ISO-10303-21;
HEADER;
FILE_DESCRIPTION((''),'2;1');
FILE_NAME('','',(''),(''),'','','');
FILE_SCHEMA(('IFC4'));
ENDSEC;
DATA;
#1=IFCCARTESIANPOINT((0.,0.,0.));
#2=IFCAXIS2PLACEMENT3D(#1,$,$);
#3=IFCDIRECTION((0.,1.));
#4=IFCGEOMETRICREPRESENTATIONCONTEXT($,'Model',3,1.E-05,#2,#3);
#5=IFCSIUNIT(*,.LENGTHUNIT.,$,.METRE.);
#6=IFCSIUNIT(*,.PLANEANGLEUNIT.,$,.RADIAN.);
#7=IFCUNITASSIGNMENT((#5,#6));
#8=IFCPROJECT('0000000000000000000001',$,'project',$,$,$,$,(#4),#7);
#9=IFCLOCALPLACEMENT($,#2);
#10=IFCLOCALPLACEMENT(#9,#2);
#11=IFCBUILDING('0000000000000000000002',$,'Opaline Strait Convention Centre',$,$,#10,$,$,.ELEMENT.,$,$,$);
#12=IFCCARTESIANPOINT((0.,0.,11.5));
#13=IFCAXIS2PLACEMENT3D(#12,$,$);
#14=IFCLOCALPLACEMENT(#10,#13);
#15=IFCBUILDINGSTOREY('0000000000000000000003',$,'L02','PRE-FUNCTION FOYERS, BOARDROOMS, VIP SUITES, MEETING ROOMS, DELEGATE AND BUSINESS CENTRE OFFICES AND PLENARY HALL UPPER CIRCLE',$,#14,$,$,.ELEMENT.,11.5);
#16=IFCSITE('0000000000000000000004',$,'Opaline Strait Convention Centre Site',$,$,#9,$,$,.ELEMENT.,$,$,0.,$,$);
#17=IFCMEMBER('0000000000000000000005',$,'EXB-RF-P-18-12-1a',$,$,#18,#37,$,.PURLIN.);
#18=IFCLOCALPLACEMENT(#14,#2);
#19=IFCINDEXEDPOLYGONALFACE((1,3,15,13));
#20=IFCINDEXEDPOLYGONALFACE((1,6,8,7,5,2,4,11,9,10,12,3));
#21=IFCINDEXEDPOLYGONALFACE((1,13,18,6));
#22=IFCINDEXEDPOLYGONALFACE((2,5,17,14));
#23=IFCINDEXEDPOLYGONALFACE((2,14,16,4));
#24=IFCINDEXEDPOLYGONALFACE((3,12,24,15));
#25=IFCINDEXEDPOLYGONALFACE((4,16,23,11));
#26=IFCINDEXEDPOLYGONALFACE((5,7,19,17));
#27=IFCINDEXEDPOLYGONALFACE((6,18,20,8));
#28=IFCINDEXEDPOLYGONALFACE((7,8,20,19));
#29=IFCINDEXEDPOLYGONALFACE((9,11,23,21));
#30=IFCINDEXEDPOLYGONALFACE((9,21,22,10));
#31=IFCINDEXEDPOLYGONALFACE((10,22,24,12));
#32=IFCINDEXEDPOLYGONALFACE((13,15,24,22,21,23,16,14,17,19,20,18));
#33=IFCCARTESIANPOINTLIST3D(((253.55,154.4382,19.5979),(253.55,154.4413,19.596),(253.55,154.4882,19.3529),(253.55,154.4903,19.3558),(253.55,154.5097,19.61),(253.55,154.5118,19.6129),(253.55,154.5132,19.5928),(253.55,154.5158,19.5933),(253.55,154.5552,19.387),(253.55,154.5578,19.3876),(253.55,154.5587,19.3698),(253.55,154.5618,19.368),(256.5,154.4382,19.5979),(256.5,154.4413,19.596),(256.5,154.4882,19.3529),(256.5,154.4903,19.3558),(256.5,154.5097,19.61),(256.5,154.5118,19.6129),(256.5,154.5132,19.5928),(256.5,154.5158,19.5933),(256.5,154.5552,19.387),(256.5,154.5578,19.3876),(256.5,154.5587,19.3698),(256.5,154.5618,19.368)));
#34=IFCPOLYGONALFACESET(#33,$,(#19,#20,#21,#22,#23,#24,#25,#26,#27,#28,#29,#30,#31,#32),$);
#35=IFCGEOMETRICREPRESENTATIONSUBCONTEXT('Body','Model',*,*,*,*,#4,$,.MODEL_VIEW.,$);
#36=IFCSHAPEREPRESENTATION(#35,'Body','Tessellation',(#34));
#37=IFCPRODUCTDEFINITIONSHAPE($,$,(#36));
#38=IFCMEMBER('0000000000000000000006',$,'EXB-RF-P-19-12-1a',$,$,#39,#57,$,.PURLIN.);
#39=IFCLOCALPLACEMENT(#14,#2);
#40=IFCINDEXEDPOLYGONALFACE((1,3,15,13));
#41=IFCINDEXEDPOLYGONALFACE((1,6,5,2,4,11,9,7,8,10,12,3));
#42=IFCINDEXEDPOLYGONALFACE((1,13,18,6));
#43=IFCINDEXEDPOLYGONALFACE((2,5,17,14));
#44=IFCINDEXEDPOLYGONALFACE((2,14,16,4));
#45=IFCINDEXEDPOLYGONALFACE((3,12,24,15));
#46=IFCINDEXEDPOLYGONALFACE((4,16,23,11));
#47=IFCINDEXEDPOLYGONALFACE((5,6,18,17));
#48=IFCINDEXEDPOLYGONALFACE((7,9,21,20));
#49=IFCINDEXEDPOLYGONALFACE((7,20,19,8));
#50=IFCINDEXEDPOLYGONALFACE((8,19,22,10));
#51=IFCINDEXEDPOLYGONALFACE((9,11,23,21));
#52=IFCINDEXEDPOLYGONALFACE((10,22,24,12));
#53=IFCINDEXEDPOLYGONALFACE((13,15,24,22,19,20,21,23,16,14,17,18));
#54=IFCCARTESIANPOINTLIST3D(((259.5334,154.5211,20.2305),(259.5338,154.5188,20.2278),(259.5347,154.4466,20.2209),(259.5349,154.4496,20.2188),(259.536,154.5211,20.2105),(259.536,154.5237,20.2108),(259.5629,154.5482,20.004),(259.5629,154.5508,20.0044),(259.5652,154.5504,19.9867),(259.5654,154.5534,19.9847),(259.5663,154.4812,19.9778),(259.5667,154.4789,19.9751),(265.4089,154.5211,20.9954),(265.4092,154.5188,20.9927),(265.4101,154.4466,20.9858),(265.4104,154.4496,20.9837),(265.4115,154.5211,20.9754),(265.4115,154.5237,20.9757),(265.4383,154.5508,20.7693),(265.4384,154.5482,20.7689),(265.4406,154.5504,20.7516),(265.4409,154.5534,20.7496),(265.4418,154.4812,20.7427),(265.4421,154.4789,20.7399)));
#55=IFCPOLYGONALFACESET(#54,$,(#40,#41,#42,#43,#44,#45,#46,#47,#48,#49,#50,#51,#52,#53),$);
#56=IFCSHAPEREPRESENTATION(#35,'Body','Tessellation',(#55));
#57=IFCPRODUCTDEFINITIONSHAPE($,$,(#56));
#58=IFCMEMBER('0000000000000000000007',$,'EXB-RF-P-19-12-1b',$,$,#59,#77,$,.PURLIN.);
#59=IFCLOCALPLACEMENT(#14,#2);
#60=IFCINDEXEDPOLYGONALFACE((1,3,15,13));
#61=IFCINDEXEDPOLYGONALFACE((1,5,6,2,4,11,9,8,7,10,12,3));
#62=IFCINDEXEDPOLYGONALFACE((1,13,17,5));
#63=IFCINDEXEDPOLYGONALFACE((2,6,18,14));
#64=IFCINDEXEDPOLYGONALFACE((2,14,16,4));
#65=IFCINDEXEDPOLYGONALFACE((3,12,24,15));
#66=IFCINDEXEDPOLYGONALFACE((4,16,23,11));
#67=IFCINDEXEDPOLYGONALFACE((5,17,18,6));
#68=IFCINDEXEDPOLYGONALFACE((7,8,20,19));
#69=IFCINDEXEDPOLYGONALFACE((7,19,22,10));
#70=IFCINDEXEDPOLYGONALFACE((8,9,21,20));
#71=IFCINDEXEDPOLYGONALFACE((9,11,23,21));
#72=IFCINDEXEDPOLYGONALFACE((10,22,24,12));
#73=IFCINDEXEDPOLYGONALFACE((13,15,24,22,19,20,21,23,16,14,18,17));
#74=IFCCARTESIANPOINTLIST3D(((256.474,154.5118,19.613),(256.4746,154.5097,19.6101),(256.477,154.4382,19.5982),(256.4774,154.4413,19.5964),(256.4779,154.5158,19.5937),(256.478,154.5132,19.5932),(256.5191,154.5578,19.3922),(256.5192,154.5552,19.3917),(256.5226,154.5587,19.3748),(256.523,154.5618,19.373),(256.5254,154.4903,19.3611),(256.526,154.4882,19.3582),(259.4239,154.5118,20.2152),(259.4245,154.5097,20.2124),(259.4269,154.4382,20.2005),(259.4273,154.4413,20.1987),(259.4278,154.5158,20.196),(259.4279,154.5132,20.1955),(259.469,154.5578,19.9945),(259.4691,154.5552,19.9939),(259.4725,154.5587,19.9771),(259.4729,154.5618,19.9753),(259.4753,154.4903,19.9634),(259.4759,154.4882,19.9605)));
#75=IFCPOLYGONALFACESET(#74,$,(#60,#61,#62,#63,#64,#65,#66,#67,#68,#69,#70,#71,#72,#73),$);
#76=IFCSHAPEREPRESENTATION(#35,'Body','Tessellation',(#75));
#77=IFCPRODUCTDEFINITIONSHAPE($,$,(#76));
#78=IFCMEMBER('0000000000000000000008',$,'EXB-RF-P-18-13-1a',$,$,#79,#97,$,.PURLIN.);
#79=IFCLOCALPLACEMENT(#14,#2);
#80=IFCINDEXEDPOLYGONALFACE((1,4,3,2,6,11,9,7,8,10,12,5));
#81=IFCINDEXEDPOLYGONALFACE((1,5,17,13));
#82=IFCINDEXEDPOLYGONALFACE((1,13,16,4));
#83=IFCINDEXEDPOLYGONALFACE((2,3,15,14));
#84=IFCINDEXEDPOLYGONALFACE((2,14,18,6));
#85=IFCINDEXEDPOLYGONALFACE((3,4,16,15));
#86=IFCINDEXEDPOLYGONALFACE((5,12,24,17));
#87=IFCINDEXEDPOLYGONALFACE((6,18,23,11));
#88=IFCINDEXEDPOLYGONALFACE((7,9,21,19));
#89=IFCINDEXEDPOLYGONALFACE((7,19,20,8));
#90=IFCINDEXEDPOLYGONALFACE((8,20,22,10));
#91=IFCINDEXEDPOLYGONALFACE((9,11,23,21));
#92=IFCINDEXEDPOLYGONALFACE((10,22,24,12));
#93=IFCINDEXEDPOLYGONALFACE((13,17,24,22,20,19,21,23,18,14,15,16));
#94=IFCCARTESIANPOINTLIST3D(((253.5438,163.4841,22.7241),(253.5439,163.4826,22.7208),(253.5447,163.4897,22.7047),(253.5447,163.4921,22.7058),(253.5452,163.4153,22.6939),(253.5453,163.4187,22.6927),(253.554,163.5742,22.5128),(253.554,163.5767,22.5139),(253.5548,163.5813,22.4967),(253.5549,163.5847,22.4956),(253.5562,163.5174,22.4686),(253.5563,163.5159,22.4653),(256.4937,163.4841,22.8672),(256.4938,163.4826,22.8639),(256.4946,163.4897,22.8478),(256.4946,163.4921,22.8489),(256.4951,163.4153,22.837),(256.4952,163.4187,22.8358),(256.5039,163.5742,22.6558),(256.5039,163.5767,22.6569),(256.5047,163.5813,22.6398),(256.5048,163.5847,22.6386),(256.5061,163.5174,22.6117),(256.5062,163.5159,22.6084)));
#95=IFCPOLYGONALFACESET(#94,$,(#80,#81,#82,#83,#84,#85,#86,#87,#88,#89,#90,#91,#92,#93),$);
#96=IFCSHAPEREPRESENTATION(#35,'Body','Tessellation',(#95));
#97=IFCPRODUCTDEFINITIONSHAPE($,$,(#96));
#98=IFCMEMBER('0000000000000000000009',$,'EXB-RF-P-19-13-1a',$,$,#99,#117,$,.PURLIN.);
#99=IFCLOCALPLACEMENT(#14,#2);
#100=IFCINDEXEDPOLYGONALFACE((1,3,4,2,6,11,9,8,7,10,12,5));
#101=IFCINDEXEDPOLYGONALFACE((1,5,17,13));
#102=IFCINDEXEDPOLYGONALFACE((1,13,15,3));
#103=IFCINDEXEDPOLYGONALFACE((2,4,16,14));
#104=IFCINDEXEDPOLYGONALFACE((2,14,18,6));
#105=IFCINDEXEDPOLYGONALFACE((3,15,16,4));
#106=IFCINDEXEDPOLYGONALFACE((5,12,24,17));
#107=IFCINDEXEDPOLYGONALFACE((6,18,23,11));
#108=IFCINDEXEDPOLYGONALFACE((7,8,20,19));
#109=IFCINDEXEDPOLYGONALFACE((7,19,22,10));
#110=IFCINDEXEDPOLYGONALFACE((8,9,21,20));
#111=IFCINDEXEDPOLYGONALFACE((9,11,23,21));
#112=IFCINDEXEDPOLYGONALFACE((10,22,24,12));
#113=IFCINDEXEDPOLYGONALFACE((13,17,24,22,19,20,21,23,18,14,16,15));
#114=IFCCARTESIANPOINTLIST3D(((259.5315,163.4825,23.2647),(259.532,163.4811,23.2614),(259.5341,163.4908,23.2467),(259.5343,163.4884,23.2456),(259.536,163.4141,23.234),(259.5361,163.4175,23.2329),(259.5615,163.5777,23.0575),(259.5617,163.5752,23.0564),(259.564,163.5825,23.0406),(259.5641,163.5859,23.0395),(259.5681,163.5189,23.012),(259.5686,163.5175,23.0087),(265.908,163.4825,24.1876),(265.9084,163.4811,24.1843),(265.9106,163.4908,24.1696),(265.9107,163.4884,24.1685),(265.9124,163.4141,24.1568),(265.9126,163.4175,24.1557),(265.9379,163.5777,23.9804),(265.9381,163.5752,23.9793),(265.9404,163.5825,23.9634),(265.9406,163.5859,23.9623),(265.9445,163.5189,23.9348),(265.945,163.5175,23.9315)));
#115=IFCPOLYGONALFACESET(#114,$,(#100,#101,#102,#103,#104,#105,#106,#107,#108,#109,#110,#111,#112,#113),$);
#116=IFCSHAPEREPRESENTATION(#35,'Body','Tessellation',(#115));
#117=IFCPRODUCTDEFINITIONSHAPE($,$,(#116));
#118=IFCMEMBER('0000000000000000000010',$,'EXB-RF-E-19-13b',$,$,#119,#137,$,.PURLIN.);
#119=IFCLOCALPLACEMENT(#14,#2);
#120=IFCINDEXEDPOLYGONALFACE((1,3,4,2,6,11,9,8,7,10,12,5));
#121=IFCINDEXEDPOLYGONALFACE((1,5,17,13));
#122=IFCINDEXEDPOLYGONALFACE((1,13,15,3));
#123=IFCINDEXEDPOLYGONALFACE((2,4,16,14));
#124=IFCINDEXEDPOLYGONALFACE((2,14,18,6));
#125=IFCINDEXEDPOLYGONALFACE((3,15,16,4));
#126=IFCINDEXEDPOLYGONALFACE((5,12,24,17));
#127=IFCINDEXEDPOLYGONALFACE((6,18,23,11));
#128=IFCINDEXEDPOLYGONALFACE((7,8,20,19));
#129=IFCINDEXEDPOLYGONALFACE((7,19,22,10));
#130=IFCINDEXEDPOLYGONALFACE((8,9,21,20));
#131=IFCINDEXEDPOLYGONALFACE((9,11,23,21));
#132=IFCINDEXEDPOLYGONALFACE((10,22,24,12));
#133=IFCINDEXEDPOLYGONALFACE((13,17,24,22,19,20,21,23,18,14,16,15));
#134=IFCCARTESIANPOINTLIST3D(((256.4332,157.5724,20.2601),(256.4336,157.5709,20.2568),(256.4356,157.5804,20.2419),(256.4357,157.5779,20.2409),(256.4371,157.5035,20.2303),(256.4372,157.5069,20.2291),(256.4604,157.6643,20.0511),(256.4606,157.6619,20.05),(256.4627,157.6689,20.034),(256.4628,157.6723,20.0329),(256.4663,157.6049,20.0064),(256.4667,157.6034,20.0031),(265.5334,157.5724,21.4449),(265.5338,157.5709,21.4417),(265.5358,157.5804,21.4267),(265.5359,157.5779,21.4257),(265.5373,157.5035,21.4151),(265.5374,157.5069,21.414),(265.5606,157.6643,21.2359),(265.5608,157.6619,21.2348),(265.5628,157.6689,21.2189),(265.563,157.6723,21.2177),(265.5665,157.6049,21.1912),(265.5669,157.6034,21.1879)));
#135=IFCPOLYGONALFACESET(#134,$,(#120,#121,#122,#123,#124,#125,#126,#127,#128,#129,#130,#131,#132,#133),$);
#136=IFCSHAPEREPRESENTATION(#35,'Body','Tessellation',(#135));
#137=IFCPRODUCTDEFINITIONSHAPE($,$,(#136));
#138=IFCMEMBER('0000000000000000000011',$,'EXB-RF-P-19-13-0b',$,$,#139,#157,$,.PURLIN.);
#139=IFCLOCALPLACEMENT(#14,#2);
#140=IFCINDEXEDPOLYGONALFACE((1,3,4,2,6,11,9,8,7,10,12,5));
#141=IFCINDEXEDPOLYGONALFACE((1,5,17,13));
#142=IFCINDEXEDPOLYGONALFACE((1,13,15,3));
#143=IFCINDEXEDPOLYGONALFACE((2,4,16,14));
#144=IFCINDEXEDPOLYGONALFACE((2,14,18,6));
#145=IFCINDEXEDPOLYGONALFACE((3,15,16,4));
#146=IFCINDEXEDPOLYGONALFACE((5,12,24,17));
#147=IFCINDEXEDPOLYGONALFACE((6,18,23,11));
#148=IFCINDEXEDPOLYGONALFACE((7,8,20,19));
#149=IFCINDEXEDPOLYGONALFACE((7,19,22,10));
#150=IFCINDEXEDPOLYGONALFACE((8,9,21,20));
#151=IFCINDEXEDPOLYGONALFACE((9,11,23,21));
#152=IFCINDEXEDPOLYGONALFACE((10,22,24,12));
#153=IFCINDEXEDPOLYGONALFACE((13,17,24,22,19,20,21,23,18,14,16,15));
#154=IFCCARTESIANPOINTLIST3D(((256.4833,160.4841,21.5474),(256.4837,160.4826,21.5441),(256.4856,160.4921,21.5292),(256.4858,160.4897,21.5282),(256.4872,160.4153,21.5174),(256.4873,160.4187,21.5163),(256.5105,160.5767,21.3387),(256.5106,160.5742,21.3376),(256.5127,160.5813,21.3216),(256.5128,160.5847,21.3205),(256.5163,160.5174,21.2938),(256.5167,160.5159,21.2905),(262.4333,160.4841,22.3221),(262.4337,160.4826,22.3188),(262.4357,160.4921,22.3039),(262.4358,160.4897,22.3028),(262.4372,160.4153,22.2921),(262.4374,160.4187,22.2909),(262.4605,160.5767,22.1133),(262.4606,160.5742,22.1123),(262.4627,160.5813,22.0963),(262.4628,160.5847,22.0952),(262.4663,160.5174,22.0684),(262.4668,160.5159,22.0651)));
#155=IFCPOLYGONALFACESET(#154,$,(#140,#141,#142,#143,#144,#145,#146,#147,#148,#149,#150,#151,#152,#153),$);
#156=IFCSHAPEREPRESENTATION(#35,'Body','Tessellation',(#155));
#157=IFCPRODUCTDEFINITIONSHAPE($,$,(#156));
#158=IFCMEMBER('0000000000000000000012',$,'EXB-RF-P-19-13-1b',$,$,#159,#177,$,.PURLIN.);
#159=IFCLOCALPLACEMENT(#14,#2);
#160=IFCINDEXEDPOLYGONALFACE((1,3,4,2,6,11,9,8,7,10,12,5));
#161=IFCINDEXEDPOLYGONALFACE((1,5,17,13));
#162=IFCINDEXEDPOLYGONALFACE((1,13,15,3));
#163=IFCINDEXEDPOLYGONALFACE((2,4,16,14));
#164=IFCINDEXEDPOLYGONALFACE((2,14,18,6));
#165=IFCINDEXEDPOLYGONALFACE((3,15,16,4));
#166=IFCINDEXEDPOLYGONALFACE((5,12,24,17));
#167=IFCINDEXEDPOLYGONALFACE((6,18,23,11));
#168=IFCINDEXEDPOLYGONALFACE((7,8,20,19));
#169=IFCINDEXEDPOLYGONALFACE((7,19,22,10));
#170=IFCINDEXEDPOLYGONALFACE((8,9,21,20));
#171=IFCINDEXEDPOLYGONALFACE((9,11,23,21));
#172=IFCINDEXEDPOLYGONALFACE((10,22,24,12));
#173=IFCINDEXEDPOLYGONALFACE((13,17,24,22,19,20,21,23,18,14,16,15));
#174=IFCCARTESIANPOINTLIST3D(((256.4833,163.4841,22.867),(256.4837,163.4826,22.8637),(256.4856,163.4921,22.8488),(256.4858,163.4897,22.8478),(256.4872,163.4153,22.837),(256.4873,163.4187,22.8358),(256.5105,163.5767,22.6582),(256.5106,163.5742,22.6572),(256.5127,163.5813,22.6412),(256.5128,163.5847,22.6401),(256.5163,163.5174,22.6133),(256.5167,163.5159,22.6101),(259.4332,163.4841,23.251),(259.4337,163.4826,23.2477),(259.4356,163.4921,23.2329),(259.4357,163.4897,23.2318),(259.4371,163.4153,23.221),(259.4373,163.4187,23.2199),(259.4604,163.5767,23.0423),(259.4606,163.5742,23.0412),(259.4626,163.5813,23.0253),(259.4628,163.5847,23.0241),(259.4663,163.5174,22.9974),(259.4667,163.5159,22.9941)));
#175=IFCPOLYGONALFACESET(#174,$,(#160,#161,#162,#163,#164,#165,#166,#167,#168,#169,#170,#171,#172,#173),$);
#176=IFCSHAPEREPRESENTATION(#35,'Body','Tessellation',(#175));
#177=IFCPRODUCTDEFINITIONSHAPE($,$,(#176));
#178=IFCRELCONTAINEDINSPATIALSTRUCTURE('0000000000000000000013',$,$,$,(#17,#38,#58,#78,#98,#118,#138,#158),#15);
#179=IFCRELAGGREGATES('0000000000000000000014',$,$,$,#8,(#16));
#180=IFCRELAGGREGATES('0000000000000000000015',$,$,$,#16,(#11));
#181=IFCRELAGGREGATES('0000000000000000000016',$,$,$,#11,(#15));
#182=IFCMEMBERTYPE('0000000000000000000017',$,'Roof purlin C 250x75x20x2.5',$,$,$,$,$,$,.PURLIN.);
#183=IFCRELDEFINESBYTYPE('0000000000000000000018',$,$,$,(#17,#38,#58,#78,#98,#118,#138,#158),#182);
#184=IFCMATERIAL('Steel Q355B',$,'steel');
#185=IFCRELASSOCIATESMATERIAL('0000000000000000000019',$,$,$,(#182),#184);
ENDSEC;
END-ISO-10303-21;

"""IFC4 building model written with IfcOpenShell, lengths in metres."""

from ifc_helpers import new_model, si_unit, direction, frame, origin, place, context, subcontext, project, spatial, polyline, outline, extrude, material, material_profile, profile_set, type_object, element, save


model = new_model("IFC4")

# Units and contexts
model_context = context("Model", 3, precision=1e-05, world=origin(), true_north=direction((0.0, 1.0)))
body_context = subcontext(model_context, "Body", "Model", "MODEL_VIEW")
ifc_project = project(units=[si_unit("LENGTHUNIT", "METRE"), si_unit("PLANEANGLEUNIT", "RADIAN")], contexts=[model_context])

# Site, building, storey
site_placement = place(None, origin())
site = spatial("IfcSite", under=ifc_project, at=site_placement, Name="Opaline Strait Convention Centre Site", CompositionType="ELEMENT", RefElevation=0.0)
building_placement = place(site_placement, origin())
building = spatial("IfcBuilding", under=site, at=building_placement, Name="Opaline Strait Convention Centre", CompositionType="ELEMENT")
storey_placement = place(building_placement, frame((0.0, 0.0, 11.5)))
storey = spatial("IfcBuildingStorey", under=building, at=storey_placement, Name="L02", Description="PRE-FUNCTION FOYERS, BOARDROOMS, VIP SUITES, MEETING ROOMS, DELEGATE AND BUSINESS CENTRE OFFICES AND PLENARY HALL UPPER CIRCLE", CompositionType="ELEMENT", Elevation=11.5)

# Members
ifc_material_1 = material(Name="Steel Q355B", Category="steel")
ifc_material_profile_1 = material_profile(ifc_material_1, outline(polyline([(-0.0376, -0.125), (0.0376, -0.125), (0.0376, -0.105), (0.0349, -0.105), (0.0349, -0.1226), (-0.0349, -0.1226), (-0.0349, 0.1226), (0.0349, 0.1226), (0.0349, 0.105), (0.0376, 0.105), (0.0376, 0.125), (-0.0376, 0.125), (-0.0376, -0.125)])), Name="C 250x75x20x2.5")
ifc_profile_set_1 = profile_set([ifc_material_profile_1], Name="Steel Q355B")
member_type_1 = type_object("IfcMemberType", Name="Roof purlin C 250x75x20x2.5", PredefinedType="PURLIN", material=ifc_profile_set_1)
member_1_placement = place(storey_placement, frame((253.55, 154.5, 19.4829), z_axis=(1.0, 0.0, 0.0), x_axis=(0.0, 0.97978, 0.200078)))
element("IfcMember", 1, at=member_1_placement, inside=storey, type_object=member_type_1, Name="EXB-RF-P-18-12-1a", PredefinedType="PURLIN", context=body_context, shape_type="SweptSolid", body=[
    extrude(outline(polyline([(-0.0376, -0.125), (0.0376, -0.125), (0.0376, -0.105), (0.0349, -0.105), (0.0349, -0.1226), (-0.0349, -0.1226), (-0.0349, 0.1226), (0.0349, 0.1226), (0.0349, 0.105), (0.0376, 0.105), (0.0376, 0.125), (-0.0376, 0.125), (-0.0376, -0.125)])), origin(), (0.0, 0.0, 1.0), 2.95),
])
member_2_placement = place(storey_placement, frame((259.55, 154.5, 20.1028), z_axis=(0.991632, 0.0, 0.129094), x_axis=(-0.016665, 0.991632, 0.128015)))
element("IfcMember", 2, at=member_2_placement, inside=storey, type_object=member_type_1, Name="EXB-RF-P-19-12-1a", PredefinedType="PURLIN", context=body_context, shape_type="SweptSolid", body=[
    extrude(outline(polyline([(-0.0376, -0.125), (0.0376, -0.125), (0.0376, -0.105), (0.0349, -0.105), (0.0349, -0.1226), (-0.0349, -0.1226), (-0.0349, 0.1226), (0.0349, 0.1226), (0.0349, 0.105), (0.0376, 0.105), (0.0376, 0.125), (-0.0376, 0.125), (-0.0376, -0.125)])), origin(), (0.0, 0.0, 1.0), 5.925),
])
member_3_placement = place(storey_placement, frame((256.5, 154.5, 19.4856), z_axis=(0.979787, 0.0, 0.200044), x_axis=(-0.040024, 0.97978, 0.196033)))
element("IfcMember", 3, at=member_3_placement, inside=storey, type_object=member_type_1, Name="EXB-RF-P-19-12-1b", PredefinedType="PURLIN", context=body_context, shape_type="SweptSolid", body=[
    extrude(outline(polyline([(-0.0376, -0.125), (0.0376, -0.125), (0.0376, -0.105), (0.0349, -0.105), (0.0349, -0.1226), (-0.0349, -0.1226), (-0.0349, 0.1226), (0.0349, 0.1226), (0.0349, 0.105), (0.0376, 0.105), (0.0376, 0.125), (-0.0376, 0.125), (-0.0376, -0.125)])), origin(), (0.0, 0.0, 1.0), 3.0107),
])
member_4_placement = place(storey_placement, frame((253.55, 163.5, 22.5947), z_axis=(0.998826, 0.0, 0.048441), x_axis=(-0.019504, 0.915359, 0.402167)))
element("IfcMember", 4, at=member_4_placement, inside=storey, type_object=member_type_1, Name="EXB-RF-P-18-13-1a", PredefinedType="PURLIN", context=body_context, shape_type="SweptSolid", body=[
    extrude(outline(polyline([(-0.0376, -0.125), (0.0376, -0.125), (0.0376, -0.105), (0.0349, -0.105), (0.0349, -0.1226), (-0.0349, -0.1226), (-0.0349, 0.1226), (0.0349, 0.1226), (0.0349, 0.105), (0.0376, 0.105), (0.0376, 0.125), (-0.0376, 0.125), (-0.0376, -0.125)])), origin(), (0.0, 0.0, 1.0), 2.9534),
])
member_5_placement = place(storey_placement, frame((259.55, 163.5, 23.1367), z_axis=(0.989689, 0.0, 0.143235), x_axis=(-0.059254, 0.91042, 0.409419)))
element("IfcMember", 5, at=member_5_placement, inside=storey, type_object=member_type_1, Name="EXB-RF-P-19-13-1a", PredefinedType="PURLIN", context=body_context, shape_type="SweptSolid", body=[
    extrude(outline(polyline([(-0.0376, -0.125), (0.0376, -0.125), (0.0376, -0.105), (0.0349, -0.105), (0.0349, -0.1226), (-0.0349, -0.1226), (-0.0349, 0.1226), (0.0349, 0.1226), (0.0349, 0.105), (0.0376, 0.105), (0.0376, 0.125), (-0.0376, 0.125), (-0.0376, -0.125)])), origin(), (0.0, 0.0, 1.0), 6.4429),
])
member_6_placement = place(storey_placement, frame((256.45, 157.5879, 20.1316), z_axis=(0.99163, 0.0, 0.129108), x_axis=(-0.051619, 0.916598, 0.396464)))
element("IfcMember", 6, at=member_6_placement, inside=storey, type_object=member_type_1, Name="EXB-RF-E-19-13b", PredefinedType="PURLIN", context=body_context, shape_type="SweptSolid", body=[
    extrude(outline(polyline([(-0.0376, -0.125), (0.0376, -0.125), (0.0376, -0.105), (0.0349, -0.105), (0.0349, -0.1226), (-0.0349, -0.1226), (-0.0349, 0.1226), (0.0349, 0.1226), (0.0349, 0.105), (0.0376, 0.105), (0.0376, 0.125), (-0.0376, 0.125), (-0.0376, -0.125)])), origin(), (0.0, 0.0, 1.0), 9.177),
])
member_7_placement = place(storey_placement, frame((256.5, 160.5, 21.4189), z_axis=(0.991631, 0.0, 0.129106), x_axis=(-0.051983, 0.915359, 0.39927)))
element("IfcMember", 7, at=member_7_placement, inside=storey, type_object=member_type_1, Name="EXB-RF-P-19-13-0b", PredefinedType="PURLIN", context=body_context, shape_type="SweptSolid", body=[
    extrude(outline(polyline([(-0.0376, -0.125), (0.0376, -0.125), (0.0376, -0.105), (0.0349, -0.105), (0.0349, -0.1226), (-0.0349, -0.1226), (-0.0349, 0.1226), (0.0349, 0.1226), (0.0349, 0.105), (0.0376, 0.105), (0.0376, 0.125), (-0.0376, 0.125), (-0.0376, -0.125)])), origin(), (0.0, 0.0, 1.0), 6.0002),
])
member_8_placement = place(storey_placement, frame((256.5, 163.5, 22.7385), z_axis=(0.991632, 0.0, 0.129094), x_axis=(-0.051978, 0.915359, 0.399271)))
element("IfcMember", 8, at=member_8_placement, inside=storey, type_object=member_type_1, Name="EXB-RF-P-19-13-1b", PredefinedType="PURLIN", context=body_context, shape_type="SweptSolid", body=[
    extrude(outline(polyline([(-0.0376, -0.125), (0.0376, -0.125), (0.0376, -0.105), (0.0349, -0.105), (0.0349, -0.1226), (-0.0349, -0.1226), (-0.0349, 0.1226), (0.0349, 0.1226), (0.0349, 0.105), (0.0376, 0.105), (0.0376, 0.125), (-0.0376, 0.125), (-0.0376, -0.125)])), origin(), (0.0, 0.0, 1.0), 2.9749),
])

save(model, "model.ifc")
